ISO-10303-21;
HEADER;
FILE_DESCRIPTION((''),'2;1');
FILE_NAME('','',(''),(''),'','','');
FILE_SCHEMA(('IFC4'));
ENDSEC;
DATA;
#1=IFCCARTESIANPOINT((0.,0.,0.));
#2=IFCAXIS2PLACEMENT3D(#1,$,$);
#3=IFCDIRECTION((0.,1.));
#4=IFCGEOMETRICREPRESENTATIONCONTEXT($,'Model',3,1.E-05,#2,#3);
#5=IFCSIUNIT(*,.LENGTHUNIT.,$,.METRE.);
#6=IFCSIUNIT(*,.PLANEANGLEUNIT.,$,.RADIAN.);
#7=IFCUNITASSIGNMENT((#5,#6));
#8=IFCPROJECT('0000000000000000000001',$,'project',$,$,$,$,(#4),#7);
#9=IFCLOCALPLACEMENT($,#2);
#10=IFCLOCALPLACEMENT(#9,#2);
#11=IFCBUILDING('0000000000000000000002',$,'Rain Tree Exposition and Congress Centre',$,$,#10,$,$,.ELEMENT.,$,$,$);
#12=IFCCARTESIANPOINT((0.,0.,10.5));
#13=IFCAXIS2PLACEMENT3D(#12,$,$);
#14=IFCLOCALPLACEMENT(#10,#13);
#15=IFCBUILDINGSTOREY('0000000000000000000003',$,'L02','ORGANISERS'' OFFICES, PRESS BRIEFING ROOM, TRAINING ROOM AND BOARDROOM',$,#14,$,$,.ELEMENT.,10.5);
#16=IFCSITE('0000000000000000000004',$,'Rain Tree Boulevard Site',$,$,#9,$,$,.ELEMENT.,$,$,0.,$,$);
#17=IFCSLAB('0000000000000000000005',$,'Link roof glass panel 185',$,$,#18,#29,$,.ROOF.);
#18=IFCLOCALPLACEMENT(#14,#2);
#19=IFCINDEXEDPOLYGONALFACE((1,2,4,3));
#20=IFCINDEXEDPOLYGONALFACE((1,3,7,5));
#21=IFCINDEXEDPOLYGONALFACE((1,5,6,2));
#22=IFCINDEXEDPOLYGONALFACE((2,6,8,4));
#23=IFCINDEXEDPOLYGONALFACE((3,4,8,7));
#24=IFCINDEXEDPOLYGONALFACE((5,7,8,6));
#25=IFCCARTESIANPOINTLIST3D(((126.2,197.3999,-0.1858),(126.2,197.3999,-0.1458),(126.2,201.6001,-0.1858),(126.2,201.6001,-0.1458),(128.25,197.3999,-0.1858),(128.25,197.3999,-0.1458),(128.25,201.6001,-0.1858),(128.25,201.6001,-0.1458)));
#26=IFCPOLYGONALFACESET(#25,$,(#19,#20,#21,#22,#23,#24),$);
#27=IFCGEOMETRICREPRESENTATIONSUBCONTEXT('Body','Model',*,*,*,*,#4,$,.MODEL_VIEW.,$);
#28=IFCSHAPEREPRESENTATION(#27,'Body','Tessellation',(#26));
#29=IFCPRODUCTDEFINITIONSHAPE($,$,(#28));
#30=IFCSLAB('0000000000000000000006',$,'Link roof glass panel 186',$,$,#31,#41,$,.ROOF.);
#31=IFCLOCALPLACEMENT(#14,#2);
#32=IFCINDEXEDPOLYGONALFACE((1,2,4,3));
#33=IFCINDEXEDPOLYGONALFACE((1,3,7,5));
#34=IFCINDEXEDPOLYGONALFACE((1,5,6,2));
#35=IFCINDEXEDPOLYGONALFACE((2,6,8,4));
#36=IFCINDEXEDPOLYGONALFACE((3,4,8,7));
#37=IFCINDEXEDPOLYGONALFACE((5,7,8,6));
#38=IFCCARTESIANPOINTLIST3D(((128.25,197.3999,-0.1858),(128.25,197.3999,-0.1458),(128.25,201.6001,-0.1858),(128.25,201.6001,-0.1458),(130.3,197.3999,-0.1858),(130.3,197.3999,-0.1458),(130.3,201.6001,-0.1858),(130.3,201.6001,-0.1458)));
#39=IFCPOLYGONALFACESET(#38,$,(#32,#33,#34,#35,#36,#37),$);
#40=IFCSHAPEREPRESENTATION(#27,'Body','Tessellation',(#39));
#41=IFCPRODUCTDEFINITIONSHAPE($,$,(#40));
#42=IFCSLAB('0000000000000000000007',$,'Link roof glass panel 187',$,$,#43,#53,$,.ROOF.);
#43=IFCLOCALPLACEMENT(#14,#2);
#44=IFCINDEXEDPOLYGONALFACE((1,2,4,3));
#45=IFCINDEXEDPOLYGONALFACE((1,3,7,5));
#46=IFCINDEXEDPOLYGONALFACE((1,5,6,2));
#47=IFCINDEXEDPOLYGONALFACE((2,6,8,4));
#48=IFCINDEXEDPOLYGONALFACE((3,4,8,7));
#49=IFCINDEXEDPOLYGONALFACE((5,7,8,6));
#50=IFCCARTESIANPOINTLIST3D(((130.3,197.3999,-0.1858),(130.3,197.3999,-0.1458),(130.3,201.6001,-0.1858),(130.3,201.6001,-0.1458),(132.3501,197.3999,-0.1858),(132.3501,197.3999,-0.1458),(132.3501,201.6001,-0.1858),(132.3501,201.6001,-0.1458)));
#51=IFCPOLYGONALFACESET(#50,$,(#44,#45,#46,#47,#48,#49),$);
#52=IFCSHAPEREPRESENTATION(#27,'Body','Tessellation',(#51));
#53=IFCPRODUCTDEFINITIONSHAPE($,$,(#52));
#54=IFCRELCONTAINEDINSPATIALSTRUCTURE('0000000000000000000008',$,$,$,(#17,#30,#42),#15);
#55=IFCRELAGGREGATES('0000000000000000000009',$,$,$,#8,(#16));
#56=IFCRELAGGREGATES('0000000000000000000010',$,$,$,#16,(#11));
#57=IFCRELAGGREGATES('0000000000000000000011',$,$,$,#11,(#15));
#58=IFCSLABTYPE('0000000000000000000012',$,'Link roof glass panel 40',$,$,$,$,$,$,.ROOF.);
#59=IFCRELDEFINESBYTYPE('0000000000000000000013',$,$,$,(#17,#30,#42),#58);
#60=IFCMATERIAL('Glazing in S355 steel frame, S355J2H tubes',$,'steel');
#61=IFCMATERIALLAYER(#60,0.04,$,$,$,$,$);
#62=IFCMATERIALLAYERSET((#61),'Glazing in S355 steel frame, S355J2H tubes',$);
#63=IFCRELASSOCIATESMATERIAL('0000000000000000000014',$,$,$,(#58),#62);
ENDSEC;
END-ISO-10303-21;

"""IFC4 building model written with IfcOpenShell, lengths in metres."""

from ifc_helpers import new_model, si_unit, direction, frame, origin, place, context, subcontext, project, spatial, polyline, outline, extrude, material, layer, layer_set, type_object, element, save


model = new_model("IFC4")

# Units and contexts
model_context = context("Model", 3, precision=1e-05, world=origin(), true_north=direction((0.0, 1.0)))
body_context = subcontext(model_context, "Body", "Model", "MODEL_VIEW")
ifc_project = project(units=[si_unit("LENGTHUNIT", "METRE"), si_unit("PLANEANGLEUNIT", "RADIAN")], contexts=[model_context])

# Site, building, storey
site_placement = place(None, origin())
site = spatial("IfcSite", under=ifc_project, at=site_placement, Name="Rain Tree Boulevard Site", CompositionType="ELEMENT", RefElevation=0.0)
building_placement = place(site_placement, origin())
building = spatial("IfcBuilding", under=site, at=building_placement, Name="Rain Tree Exposition and Congress Centre", CompositionType="ELEMENT")
storey_placement = place(building_placement, frame((0.0, 0.0, 10.5)))
storey = spatial("IfcBuildingStorey", under=building, at=storey_placement, Name="L02", Description="ORGANISERS' OFFICES, PRESS BRIEFING ROOM, TRAINING ROOM AND BOARDROOM", CompositionType="ELEMENT", Elevation=10.5)

# Slabs
ifc_material = material(Name="Glazing in S355 steel frame, S355J2H tubes", Category="steel")
ifc_layer = layer(ifc_material, 0.04)
ifc_layer_set = layer_set([ifc_layer], Name="Glazing in S355 steel frame, S355J2H tubes")
slab_type = type_object("IfcSlabType", Name="Link roof glass panel 40", PredefinedType="ROOF", material=ifc_layer_set)
slab_1_placement = place(storey_placement, frame((0.0, 0.0, -0.1858)))
element("IfcSlab", 1, at=slab_1_placement, inside=storey, type_object=slab_type, Name="Link roof glass panel 185", PredefinedType="ROOF", context=body_context, shape_type="SweptSolid", body=[
    extrude(outline(polyline([(126.2, 197.3999), (128.25, 197.3999), (128.25, 201.6001), (126.2, 201.6001), (126.2, 197.3999)])), origin(), (0.0, 0.0, 1.0), 0.04),
])
slab_2_placement = place(storey_placement, frame((0.0, 0.0, -0.1858)))
element("IfcSlab", 2, at=slab_2_placement, inside=storey, type_object=slab_type, Name="Link roof glass panel 186", PredefinedType="ROOF", context=body_context, shape_type="SweptSolid", body=[
    extrude(outline(polyline([(128.25, 197.3999), (130.3, 197.3999), (130.3, 201.6001), (128.25, 201.6001), (128.25, 197.3999)])), origin(), (0.0, 0.0, 1.0), 0.04),
])
slab_3_placement = place(storey_placement, frame((0.0, 0.0, -0.1858)))
element("IfcSlab", 3, at=slab_3_placement, inside=storey, type_object=slab_type, Name="Link roof glass panel 187", PredefinedType="ROOF", context=body_context, shape_type="SweptSolid", body=[
    extrude(outline(polyline([(130.3, 197.3999), (132.3501, 197.3999), (132.3501, 201.6001), (130.3, 201.6001), (130.3, 197.3999)])), origin(), (0.0, 0.0, 1.0), 0.04),
])

save(model, "model.ifc")
